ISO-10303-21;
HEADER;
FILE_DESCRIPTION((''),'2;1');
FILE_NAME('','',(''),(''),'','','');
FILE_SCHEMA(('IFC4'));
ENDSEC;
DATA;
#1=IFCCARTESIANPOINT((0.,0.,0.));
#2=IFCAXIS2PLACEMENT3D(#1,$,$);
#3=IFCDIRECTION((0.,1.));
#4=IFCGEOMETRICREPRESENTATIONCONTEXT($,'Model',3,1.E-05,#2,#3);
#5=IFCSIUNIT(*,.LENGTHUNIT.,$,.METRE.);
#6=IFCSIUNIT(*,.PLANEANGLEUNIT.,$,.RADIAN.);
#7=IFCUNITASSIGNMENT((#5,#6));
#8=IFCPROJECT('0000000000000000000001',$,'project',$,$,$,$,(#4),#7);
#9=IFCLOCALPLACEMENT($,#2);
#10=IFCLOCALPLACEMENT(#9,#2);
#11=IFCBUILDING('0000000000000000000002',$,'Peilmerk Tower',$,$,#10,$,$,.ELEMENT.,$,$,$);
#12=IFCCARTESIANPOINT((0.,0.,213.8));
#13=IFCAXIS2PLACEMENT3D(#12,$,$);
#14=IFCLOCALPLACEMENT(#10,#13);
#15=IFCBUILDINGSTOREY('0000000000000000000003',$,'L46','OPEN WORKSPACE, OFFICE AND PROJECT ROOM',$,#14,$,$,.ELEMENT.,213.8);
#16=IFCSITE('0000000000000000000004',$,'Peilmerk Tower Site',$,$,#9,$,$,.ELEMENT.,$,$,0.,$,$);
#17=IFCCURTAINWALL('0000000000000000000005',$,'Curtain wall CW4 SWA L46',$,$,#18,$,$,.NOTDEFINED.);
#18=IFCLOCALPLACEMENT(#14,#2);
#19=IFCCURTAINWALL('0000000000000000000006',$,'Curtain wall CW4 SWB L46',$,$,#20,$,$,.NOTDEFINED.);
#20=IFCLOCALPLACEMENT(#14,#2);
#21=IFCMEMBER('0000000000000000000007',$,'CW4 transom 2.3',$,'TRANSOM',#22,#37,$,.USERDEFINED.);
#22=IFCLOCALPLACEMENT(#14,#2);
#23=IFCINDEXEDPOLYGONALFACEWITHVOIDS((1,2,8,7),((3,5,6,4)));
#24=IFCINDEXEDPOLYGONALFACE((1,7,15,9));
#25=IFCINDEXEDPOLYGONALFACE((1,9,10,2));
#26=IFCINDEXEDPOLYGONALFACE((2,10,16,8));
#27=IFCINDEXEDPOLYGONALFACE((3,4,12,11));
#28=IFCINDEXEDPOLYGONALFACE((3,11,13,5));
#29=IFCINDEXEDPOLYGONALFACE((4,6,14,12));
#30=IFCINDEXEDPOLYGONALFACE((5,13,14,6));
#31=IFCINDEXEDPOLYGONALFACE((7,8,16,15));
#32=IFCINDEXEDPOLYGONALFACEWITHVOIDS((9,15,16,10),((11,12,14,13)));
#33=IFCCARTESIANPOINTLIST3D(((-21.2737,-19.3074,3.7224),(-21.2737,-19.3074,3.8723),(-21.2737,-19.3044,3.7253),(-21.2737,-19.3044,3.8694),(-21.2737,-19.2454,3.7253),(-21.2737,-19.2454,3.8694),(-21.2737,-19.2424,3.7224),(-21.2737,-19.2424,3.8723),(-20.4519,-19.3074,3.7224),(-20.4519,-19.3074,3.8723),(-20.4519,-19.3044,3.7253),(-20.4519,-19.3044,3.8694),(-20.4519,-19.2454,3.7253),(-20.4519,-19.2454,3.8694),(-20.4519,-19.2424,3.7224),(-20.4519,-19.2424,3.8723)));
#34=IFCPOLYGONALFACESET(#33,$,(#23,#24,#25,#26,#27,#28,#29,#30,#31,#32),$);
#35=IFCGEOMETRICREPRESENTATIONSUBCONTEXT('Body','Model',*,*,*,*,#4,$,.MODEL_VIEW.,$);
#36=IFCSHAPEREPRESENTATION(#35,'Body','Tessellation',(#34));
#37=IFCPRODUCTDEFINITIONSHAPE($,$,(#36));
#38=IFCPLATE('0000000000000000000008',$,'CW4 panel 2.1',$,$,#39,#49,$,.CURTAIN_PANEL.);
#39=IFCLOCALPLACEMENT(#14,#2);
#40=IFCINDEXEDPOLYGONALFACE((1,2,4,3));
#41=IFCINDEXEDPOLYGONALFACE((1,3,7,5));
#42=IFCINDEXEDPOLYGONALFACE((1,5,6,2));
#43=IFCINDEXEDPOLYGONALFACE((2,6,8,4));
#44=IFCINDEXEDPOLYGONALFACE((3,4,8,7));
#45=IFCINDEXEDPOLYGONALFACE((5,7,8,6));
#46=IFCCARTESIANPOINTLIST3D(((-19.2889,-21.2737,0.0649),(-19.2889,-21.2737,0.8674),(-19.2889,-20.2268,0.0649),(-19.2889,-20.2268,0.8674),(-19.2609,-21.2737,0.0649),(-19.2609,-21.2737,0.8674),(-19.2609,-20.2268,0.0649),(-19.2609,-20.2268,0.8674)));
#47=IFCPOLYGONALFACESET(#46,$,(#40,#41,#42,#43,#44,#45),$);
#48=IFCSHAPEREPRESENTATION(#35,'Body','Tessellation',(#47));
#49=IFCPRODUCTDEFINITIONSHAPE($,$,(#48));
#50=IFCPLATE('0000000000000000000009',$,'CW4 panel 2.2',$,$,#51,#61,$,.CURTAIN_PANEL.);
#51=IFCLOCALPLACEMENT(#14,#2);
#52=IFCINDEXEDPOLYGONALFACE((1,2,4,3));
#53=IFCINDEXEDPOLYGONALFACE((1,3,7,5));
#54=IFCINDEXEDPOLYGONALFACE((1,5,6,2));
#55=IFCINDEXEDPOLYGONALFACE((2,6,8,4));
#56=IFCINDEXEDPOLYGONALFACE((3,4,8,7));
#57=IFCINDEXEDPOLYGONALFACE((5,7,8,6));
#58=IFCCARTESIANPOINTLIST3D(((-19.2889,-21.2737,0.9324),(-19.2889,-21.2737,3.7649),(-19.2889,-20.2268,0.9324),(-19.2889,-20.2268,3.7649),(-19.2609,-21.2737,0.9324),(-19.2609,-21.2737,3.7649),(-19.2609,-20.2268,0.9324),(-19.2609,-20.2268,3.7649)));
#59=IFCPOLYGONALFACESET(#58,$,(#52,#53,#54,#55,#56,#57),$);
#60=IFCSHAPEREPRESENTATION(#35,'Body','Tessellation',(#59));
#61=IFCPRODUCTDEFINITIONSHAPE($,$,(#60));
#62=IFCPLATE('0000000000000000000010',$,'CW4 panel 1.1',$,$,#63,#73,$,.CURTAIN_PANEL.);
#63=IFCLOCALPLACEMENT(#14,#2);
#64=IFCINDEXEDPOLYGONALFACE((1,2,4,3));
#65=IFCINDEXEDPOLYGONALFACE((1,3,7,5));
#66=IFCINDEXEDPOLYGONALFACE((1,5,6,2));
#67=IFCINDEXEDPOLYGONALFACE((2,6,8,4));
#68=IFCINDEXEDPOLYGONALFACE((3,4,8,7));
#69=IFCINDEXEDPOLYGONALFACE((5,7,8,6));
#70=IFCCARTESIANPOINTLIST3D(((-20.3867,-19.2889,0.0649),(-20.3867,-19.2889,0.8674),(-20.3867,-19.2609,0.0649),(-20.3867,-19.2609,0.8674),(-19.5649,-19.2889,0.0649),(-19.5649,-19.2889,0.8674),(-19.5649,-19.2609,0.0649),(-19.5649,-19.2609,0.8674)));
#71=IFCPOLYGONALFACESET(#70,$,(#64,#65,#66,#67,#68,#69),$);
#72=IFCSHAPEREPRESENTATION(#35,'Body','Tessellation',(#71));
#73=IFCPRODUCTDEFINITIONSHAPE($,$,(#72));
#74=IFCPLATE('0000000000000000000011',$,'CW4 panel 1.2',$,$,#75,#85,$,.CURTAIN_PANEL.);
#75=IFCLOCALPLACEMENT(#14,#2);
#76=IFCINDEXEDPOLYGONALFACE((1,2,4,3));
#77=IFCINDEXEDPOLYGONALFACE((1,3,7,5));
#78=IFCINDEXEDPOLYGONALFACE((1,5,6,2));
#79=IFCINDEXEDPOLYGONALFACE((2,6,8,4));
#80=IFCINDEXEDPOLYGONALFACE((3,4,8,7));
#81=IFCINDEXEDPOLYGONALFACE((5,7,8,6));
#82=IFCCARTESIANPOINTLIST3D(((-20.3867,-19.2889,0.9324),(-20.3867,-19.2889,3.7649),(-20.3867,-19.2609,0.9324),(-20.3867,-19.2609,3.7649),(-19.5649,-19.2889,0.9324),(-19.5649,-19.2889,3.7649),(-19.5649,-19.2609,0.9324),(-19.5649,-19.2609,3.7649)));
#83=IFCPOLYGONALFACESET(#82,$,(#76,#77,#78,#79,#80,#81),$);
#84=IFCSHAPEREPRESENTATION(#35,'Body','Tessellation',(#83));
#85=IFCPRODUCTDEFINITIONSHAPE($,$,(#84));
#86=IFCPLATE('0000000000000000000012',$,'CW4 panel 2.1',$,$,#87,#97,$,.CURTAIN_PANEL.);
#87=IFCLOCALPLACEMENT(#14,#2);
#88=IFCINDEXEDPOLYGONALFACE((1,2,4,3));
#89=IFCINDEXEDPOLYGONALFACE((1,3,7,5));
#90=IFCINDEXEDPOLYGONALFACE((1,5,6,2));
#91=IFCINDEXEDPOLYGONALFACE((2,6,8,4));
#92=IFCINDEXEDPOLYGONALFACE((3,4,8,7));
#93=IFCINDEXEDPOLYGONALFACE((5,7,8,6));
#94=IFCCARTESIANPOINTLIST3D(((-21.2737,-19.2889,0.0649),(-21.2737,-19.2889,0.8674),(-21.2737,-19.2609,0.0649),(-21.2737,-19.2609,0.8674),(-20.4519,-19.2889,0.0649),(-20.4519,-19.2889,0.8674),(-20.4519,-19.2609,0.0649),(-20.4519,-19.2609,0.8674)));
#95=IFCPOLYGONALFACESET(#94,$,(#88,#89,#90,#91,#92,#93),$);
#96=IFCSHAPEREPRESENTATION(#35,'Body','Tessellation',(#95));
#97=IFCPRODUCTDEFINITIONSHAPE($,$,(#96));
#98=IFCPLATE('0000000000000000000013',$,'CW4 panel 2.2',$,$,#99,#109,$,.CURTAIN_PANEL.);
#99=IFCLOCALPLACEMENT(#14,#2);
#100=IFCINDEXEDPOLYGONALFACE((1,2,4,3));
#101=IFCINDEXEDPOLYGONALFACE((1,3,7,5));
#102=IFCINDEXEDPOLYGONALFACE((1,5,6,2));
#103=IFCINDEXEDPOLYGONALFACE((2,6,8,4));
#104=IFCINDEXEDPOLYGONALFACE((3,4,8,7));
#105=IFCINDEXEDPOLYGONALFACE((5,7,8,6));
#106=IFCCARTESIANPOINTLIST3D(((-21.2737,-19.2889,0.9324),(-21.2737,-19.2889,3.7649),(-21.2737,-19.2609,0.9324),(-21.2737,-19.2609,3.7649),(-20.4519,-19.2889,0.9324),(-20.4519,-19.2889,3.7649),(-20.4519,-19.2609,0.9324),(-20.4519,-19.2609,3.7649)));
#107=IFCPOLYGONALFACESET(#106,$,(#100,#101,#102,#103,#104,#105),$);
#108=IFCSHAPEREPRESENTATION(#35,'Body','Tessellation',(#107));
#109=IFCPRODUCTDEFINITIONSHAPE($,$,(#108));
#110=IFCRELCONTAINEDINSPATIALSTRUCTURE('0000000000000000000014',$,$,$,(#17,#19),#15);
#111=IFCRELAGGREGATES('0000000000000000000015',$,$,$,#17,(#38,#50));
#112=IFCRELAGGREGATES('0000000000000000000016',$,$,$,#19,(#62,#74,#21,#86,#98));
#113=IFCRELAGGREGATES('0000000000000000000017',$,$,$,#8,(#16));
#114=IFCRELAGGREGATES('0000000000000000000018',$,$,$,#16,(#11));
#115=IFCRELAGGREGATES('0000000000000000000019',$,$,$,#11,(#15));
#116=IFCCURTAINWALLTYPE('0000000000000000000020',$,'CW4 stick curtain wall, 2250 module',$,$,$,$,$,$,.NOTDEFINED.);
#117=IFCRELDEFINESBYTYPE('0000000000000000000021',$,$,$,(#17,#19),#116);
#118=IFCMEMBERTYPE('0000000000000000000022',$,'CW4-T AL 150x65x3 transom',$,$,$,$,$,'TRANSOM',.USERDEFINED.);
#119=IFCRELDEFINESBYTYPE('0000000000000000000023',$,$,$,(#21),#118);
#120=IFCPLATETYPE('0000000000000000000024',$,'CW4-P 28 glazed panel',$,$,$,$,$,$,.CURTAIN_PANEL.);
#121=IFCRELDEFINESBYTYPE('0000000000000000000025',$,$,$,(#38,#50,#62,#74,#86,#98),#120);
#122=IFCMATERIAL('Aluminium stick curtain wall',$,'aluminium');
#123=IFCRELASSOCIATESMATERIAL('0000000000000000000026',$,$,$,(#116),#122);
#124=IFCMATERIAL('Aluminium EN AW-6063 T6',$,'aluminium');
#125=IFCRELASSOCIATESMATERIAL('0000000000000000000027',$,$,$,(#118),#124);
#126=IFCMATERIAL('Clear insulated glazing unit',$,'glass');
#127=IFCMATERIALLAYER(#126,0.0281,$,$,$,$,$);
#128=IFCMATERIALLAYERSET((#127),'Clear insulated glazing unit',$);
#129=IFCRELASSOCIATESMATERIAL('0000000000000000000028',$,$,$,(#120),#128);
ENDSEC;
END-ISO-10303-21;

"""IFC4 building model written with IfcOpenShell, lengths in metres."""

from ifc_helpers import new_model, si_unit, direction, frame, origin, origin_2d, place, context, subcontext, project, spatial, rectangle, hollow_rectangle, extrude, material, layer, layer_set, material_profile, profile_set, type_object, element, aggregate, save


model = new_model("IFC4")

# Units and contexts
model_context = context("Model", 3, precision=1e-05, world=origin(), true_north=direction((0.0, 1.0)))
body_context = subcontext(model_context, "Body", "Model", "MODEL_VIEW")
ifc_project = project(units=[si_unit("LENGTHUNIT", "METRE"), si_unit("PLANEANGLEUNIT", "RADIAN")], contexts=[model_context])

# Site, building, storey
site_placement = place(None, origin())
site = spatial("IfcSite", under=ifc_project, at=site_placement, Name="Peilmerk Tower Site", CompositionType="ELEMENT", RefElevation=0.0)
building_placement = place(site_placement, origin())
building = spatial("IfcBuilding", under=site, at=building_placement, Name="Peilmerk Tower", CompositionType="ELEMENT")
storey_placement = place(building_placement, frame((0.0, 0.0, 213.8)))
storey = spatial("IfcBuildingStorey", under=building, at=storey_placement, Name="L46", Description="OPEN WORKSPACE, OFFICE AND PROJECT ROOM", CompositionType="ELEMENT", Elevation=213.8)

# Curtain wall
ifc_material_1 = material(Name="Aluminium stick curtain wall", Category="aluminium")
curtain_wall_type = type_object("IfcCurtainWallType", Name="CW4 stick curtain wall, 2250 module", PredefinedType="NOTDEFINED", material=ifc_material_1)
curtain_wall_1_placement = place(storey_placement, origin())
curtain_wall_1 = element("IfcCurtainWall", 1, at=curtain_wall_1_placement, inside=storey, type_object=curtain_wall_type, Name="Curtain wall CW4 SWA L46", PredefinedType="NOTDEFINED")
ifc_material_2 = material(Name="Aluminium EN AW-6063 T6", Category="aluminium")

# Curtain wall
curtain_wall_2_placement = place(storey_placement, origin())
curtain_wall_2 = element("IfcCurtainWall", 2, at=curtain_wall_2_placement, inside=storey, type_object=curtain_wall_type, Name="Curtain wall CW4 SWB L46", PredefinedType="NOTDEFINED")

# Member
ifc_material_profile_1 = material_profile(ifc_material_2, hollow_rectangle(XDim=0.0649, YDim=0.1499, WallThickness=0.0029, at=origin_2d()), Name="AL 150x65x3")
ifc_profile_set_1 = profile_set([ifc_material_profile_1], Name="Aluminium EN AW-6063 T6")
member_type_1 = type_object("IfcMemberType", Name="CW4-T AL 150x65x3 transom", ElementType="TRANSOM", PredefinedType="USERDEFINED", material=ifc_profile_set_1)
member_1_placement = place(storey_placement, frame((-20.4519, -19.2749, 3.7974), z_axis=(-1.0, 0.0, 0.0), x_axis=(0.0, -1.0, 0.0)))
member_1 = element("IfcMember", 3, at=member_1_placement, type_object=member_type_1, Name="CW4 transom 2.3", ObjectType="TRANSOM", PredefinedType="USERDEFINED", context=body_context, shape_type="SweptSolid", body=[
    extrude(hollow_rectangle(XDim=0.0649, YDim=0.1499, WallThickness=0.0029, at=origin_2d()), origin(), (0.0, 0.0, 1.0), 0.8218),
])

# Plates
ifc_material_3 = material(Name="Clear insulated glazing unit", Category="glass")
ifc_layer_1 = layer(ifc_material_3, 0.0281)
ifc_layer_set_1 = layer_set([ifc_layer_1], Name="Clear insulated glazing unit")
plate_type = type_object("IfcPlateType", Name="CW4-P 28 glazed panel", PredefinedType="CURTAIN_PANEL", material=ifc_layer_set_1)
plate_1_placement = place(storey_placement, frame((-19.2749, -20.7502, 0.0649), z_axis=(0.0, 0.0, 1.0), x_axis=(0.0, -1.0, 0.0)))
plate_1 = element("IfcPlate", 4, at=plate_1_placement, type_object=plate_type, Name="CW4 panel 2.1", PredefinedType="CURTAIN_PANEL", context=body_context, shape_type="SweptSolid", body=[
    extrude(rectangle(XDim=1.0469, YDim=0.0281, at=origin_2d()), origin(), (0.0, 0.0, 1.0), 0.8025),
])
plate_2_placement = place(storey_placement, frame((-19.2749, -20.7502, 0.9324), z_axis=(0.0, 0.0, 1.0), x_axis=(0.0, -1.0, 0.0)))
plate_2 = element("IfcPlate", 5, at=plate_2_placement, type_object=plate_type, Name="CW4 panel 2.2", PredefinedType="CURTAIN_PANEL", context=body_context, shape_type="SweptSolid", body=[
    extrude(rectangle(XDim=1.0469, YDim=0.0281, at=origin_2d()), origin(), (0.0, 0.0, 1.0), 2.8325),
])
aggregate(curtain_wall_1, [plate_1, plate_2])
plate_3_placement = place(storey_placement, frame((-19.9758, -19.2749, 0.0649), z_axis=(0.0, 0.0, 1.0), x_axis=(-1.0, 0.0, 0.0)))
plate_3 = element("IfcPlate", 6, at=plate_3_placement, type_object=plate_type, Name="CW4 panel 1.1", PredefinedType="CURTAIN_PANEL", context=body_context, shape_type="SweptSolid", body=[
    extrude(rectangle(XDim=0.8218, YDim=0.0281, at=origin_2d()), origin(), (0.0, 0.0, 1.0), 0.8025),
])
plate_4_placement = place(storey_placement, frame((-19.9758, -19.2749, 0.9324), z_axis=(0.0, 0.0, 1.0), x_axis=(-1.0, 0.0, 0.0)))
plate_4 = element("IfcPlate", 7, at=plate_4_placement, type_object=plate_type, Name="CW4 panel 1.2", PredefinedType="CURTAIN_PANEL", context=body_context, shape_type="SweptSolid", body=[
    extrude(rectangle(XDim=0.8218, YDim=0.0281, at=origin_2d()), origin(), (0.0, 0.0, 1.0), 2.8325),
])
plate_5_placement = place(storey_placement, frame((-20.8628, -19.2749, 0.0649), z_axis=(0.0, 0.0, 1.0), x_axis=(-1.0, 0.0, 0.0)))
plate_5 = element("IfcPlate", 8, at=plate_5_placement, type_object=plate_type, Name="CW4 panel 2.1", PredefinedType="CURTAIN_PANEL", context=body_context, shape_type="SweptSolid", body=[
    extrude(rectangle(XDim=0.8218, YDim=0.0281, at=origin_2d()), origin(), (0.0, 0.0, 1.0), 0.8025),
])
plate_6_placement = place(storey_placement, frame((-20.8628, -19.2749, 0.9324), z_axis=(0.0, 0.0, 1.0), x_axis=(-1.0, 0.0, 0.0)))
plate_6 = element("IfcPlate", 9, at=plate_6_placement, type_object=plate_type, Name="CW4 panel 2.2", PredefinedType="CURTAIN_PANEL", context=body_context, shape_type="SweptSolid", body=[
    extrude(rectangle(XDim=0.8218, YDim=0.0281, at=origin_2d()), origin(), (0.0, 0.0, 1.0), 2.8325),
])
aggregate(curtain_wall_2, [plate_3, plate_4, member_1, plate_5, plate_6])

save(model, "model.ifc")
